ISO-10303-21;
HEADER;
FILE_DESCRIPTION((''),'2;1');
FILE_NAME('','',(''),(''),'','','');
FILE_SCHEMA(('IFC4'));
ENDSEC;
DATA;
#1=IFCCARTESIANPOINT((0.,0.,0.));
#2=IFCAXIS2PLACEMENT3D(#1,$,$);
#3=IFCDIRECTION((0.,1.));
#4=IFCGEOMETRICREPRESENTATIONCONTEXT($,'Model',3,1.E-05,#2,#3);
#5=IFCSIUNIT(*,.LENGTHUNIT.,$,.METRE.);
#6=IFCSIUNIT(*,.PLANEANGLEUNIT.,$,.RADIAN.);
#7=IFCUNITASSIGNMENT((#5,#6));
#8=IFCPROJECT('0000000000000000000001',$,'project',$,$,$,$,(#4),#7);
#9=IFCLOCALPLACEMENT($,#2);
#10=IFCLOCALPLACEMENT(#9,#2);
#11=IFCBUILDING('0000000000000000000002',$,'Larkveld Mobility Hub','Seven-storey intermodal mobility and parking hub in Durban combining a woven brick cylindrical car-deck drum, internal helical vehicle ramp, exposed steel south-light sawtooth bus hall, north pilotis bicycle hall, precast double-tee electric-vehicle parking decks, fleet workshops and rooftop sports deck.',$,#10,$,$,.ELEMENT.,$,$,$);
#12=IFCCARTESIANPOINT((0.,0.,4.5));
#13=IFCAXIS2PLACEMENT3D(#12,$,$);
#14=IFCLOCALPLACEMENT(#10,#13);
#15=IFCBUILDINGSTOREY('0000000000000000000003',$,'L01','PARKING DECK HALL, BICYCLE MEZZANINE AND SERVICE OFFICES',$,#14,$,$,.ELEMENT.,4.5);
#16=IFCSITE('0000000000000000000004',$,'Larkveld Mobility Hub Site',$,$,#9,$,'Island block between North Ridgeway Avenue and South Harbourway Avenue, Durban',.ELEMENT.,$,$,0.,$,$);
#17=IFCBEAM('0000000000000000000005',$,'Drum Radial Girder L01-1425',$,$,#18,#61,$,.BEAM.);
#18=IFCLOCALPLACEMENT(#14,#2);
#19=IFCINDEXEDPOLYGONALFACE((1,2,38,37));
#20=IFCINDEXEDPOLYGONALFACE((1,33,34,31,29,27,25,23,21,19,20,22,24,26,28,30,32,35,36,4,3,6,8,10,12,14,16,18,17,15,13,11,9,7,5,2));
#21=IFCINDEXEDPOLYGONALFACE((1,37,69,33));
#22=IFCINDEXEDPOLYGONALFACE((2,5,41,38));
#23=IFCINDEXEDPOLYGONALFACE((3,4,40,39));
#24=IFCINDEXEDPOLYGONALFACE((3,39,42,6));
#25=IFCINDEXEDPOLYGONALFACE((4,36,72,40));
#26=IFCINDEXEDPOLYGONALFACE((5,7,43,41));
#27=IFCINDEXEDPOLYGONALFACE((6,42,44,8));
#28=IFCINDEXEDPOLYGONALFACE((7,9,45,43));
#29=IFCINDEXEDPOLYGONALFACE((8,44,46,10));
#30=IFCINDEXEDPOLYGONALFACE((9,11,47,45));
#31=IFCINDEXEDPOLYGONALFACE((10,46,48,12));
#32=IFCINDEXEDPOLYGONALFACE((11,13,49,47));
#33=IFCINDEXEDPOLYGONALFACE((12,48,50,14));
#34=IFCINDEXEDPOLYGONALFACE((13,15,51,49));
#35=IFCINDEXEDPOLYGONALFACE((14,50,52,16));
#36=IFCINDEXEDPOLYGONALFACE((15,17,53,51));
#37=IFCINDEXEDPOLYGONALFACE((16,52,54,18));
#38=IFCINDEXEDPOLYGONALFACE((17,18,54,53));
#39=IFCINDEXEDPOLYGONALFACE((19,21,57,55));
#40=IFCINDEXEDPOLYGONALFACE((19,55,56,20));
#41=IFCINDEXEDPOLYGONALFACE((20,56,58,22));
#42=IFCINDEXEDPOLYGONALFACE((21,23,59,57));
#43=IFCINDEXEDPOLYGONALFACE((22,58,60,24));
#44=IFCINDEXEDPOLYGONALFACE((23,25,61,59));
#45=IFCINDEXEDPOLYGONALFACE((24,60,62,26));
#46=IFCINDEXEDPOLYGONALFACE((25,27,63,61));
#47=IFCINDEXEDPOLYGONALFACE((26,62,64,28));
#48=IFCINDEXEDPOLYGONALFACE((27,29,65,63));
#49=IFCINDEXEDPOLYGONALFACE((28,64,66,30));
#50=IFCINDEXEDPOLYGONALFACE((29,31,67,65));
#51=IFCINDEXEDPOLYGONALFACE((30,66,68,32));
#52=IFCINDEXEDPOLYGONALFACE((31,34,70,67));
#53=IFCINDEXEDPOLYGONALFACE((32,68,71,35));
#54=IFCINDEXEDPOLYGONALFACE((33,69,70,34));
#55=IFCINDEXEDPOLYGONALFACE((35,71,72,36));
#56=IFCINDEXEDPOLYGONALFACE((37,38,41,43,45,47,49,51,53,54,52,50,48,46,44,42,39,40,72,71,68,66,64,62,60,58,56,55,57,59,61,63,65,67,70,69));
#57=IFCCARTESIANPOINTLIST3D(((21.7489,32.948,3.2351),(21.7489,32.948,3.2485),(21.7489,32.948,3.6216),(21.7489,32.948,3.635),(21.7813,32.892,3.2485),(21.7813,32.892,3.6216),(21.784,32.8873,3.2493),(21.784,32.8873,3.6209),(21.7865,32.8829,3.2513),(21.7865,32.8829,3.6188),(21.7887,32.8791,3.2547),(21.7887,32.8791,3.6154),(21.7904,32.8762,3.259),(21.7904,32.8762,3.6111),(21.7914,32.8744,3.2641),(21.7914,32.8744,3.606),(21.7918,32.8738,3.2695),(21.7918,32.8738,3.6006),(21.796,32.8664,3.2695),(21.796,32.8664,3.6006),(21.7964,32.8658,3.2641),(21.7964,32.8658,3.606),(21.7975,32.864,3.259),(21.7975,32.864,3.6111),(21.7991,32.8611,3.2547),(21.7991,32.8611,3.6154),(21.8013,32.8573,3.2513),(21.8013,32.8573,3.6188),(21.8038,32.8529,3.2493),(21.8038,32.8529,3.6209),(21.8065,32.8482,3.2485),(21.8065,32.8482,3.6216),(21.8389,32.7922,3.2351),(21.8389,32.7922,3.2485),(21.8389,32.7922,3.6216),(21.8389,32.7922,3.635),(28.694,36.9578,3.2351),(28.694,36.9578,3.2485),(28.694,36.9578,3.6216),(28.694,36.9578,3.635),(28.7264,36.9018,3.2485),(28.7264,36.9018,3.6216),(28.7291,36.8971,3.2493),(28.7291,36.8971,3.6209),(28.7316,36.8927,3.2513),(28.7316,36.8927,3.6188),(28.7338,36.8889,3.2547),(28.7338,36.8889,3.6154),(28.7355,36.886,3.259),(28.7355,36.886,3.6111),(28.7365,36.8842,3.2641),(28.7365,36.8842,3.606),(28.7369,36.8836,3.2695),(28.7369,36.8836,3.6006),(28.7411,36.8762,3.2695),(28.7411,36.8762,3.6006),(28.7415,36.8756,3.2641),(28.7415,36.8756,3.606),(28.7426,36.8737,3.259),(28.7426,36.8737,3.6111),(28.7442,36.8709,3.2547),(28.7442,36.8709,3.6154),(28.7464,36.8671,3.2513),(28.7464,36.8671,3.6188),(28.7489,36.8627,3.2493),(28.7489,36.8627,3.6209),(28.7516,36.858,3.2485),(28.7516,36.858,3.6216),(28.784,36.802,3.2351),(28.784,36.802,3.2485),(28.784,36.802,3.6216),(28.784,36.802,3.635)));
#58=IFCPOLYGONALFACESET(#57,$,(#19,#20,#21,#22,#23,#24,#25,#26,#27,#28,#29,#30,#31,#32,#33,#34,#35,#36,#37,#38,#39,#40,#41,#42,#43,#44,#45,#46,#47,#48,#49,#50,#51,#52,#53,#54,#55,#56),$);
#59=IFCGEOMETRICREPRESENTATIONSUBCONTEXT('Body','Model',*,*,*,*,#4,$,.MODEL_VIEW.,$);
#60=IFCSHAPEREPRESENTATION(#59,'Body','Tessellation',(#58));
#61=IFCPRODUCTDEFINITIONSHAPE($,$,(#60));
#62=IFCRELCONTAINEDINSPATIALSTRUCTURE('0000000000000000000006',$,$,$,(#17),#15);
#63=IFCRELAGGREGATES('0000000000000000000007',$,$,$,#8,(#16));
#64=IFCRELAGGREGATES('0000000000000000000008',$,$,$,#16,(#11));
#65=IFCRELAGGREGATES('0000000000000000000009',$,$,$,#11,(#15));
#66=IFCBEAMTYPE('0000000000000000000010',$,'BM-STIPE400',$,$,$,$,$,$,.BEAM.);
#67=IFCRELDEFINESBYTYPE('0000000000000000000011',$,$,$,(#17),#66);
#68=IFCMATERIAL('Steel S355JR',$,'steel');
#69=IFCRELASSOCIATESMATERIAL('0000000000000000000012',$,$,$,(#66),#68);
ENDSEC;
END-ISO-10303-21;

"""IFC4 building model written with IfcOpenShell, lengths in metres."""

from ifc_helpers import new_model, si_unit, direction, frame, origin, origin_2d, place, context, subcontext, project, spatial, i_section, extrude, material, material_profile, profile_set, type_object, element, save


model = new_model("IFC4")

# Units and contexts
model_context = context("Model", 3, precision=1e-05, world=origin(), true_north=direction((0.0, 1.0)))
body_context = subcontext(model_context, "Body", "Model", "MODEL_VIEW")
ifc_project = project(units=[si_unit("LENGTHUNIT", "METRE"), si_unit("PLANEANGLEUNIT", "RADIAN")], contexts=[model_context])

# Site, building, storey
site_placement = place(None, origin())
site = spatial("IfcSite", under=ifc_project, at=site_placement, Name="Larkveld Mobility Hub Site", LongName="Island block between North Ridgeway Avenue and South Harbourway Avenue, Durban", CompositionType="ELEMENT", RefElevation=0.0)
building_placement = place(site_placement, origin())
building = spatial("IfcBuilding", under=site, at=building_placement, Name="Larkveld Mobility Hub", Description="Seven-storey intermodal mobility and parking hub in Durban combining a woven brick cylindrical car-deck drum, internal helical vehicle ramp, exposed steel south-light sawtooth bus hall, north pilotis bicycle hall, precast double-tee electric-vehicle parking decks, fleet workshops and rooftop sports deck.", CompositionType="ELEMENT")
storey_placement = place(building_placement, frame((0.0, 0.0, 4.5)))
storey = spatial("IfcBuildingStorey", under=building, at=storey_placement, Name="L01", Description="PARKING DECK HALL, BICYCLE MEZZANINE AND SERVICE OFFICES", CompositionType="ELEMENT", Elevation=4.5)

# Beam
ifc_material_1 = material(Name="Steel S355JR", Category="steel")
ifc_material_profile_1 = material_profile(ifc_material_1, i_section(OverallWidth=0.1799, OverallDepth=0.3999, WebThickness=0.0085, FlangeThickness=0.0134, FilletRadius=0.021, at=origin_2d()), Name="IPE 400")
ifc_profile_set_1 = profile_set([ifc_material_profile_1], Name="Steel S355JR")
beam_type_1 = type_object("IfcBeamType", Name="BM-STIPE400", PredefinedType="BEAM", material=ifc_profile_set_1)
beam_1_placement = place(storey_placement, frame((28.739, 36.8799, 3.4351), z_axis=(-0.866024, -0.500003, 0.0), x_axis=(0.500003, -0.866024, 0.0)))
element("IfcBeam", 1, at=beam_1_placement, inside=storey, type_object=beam_type_1, Name="Drum Radial Girder L01-1425", PredefinedType="BEAM", context=body_context, shape_type="SweptSolid", body=[
    extrude(i_section(OverallWidth=0.1799, OverallDepth=0.3999, WebThickness=0.0085, FlangeThickness=0.0134, FilletRadius=0.021, at=origin_2d()), origin(), (0.0, 0.0, 1.0), 8.0195),
])

save(model, "model.ifc")
